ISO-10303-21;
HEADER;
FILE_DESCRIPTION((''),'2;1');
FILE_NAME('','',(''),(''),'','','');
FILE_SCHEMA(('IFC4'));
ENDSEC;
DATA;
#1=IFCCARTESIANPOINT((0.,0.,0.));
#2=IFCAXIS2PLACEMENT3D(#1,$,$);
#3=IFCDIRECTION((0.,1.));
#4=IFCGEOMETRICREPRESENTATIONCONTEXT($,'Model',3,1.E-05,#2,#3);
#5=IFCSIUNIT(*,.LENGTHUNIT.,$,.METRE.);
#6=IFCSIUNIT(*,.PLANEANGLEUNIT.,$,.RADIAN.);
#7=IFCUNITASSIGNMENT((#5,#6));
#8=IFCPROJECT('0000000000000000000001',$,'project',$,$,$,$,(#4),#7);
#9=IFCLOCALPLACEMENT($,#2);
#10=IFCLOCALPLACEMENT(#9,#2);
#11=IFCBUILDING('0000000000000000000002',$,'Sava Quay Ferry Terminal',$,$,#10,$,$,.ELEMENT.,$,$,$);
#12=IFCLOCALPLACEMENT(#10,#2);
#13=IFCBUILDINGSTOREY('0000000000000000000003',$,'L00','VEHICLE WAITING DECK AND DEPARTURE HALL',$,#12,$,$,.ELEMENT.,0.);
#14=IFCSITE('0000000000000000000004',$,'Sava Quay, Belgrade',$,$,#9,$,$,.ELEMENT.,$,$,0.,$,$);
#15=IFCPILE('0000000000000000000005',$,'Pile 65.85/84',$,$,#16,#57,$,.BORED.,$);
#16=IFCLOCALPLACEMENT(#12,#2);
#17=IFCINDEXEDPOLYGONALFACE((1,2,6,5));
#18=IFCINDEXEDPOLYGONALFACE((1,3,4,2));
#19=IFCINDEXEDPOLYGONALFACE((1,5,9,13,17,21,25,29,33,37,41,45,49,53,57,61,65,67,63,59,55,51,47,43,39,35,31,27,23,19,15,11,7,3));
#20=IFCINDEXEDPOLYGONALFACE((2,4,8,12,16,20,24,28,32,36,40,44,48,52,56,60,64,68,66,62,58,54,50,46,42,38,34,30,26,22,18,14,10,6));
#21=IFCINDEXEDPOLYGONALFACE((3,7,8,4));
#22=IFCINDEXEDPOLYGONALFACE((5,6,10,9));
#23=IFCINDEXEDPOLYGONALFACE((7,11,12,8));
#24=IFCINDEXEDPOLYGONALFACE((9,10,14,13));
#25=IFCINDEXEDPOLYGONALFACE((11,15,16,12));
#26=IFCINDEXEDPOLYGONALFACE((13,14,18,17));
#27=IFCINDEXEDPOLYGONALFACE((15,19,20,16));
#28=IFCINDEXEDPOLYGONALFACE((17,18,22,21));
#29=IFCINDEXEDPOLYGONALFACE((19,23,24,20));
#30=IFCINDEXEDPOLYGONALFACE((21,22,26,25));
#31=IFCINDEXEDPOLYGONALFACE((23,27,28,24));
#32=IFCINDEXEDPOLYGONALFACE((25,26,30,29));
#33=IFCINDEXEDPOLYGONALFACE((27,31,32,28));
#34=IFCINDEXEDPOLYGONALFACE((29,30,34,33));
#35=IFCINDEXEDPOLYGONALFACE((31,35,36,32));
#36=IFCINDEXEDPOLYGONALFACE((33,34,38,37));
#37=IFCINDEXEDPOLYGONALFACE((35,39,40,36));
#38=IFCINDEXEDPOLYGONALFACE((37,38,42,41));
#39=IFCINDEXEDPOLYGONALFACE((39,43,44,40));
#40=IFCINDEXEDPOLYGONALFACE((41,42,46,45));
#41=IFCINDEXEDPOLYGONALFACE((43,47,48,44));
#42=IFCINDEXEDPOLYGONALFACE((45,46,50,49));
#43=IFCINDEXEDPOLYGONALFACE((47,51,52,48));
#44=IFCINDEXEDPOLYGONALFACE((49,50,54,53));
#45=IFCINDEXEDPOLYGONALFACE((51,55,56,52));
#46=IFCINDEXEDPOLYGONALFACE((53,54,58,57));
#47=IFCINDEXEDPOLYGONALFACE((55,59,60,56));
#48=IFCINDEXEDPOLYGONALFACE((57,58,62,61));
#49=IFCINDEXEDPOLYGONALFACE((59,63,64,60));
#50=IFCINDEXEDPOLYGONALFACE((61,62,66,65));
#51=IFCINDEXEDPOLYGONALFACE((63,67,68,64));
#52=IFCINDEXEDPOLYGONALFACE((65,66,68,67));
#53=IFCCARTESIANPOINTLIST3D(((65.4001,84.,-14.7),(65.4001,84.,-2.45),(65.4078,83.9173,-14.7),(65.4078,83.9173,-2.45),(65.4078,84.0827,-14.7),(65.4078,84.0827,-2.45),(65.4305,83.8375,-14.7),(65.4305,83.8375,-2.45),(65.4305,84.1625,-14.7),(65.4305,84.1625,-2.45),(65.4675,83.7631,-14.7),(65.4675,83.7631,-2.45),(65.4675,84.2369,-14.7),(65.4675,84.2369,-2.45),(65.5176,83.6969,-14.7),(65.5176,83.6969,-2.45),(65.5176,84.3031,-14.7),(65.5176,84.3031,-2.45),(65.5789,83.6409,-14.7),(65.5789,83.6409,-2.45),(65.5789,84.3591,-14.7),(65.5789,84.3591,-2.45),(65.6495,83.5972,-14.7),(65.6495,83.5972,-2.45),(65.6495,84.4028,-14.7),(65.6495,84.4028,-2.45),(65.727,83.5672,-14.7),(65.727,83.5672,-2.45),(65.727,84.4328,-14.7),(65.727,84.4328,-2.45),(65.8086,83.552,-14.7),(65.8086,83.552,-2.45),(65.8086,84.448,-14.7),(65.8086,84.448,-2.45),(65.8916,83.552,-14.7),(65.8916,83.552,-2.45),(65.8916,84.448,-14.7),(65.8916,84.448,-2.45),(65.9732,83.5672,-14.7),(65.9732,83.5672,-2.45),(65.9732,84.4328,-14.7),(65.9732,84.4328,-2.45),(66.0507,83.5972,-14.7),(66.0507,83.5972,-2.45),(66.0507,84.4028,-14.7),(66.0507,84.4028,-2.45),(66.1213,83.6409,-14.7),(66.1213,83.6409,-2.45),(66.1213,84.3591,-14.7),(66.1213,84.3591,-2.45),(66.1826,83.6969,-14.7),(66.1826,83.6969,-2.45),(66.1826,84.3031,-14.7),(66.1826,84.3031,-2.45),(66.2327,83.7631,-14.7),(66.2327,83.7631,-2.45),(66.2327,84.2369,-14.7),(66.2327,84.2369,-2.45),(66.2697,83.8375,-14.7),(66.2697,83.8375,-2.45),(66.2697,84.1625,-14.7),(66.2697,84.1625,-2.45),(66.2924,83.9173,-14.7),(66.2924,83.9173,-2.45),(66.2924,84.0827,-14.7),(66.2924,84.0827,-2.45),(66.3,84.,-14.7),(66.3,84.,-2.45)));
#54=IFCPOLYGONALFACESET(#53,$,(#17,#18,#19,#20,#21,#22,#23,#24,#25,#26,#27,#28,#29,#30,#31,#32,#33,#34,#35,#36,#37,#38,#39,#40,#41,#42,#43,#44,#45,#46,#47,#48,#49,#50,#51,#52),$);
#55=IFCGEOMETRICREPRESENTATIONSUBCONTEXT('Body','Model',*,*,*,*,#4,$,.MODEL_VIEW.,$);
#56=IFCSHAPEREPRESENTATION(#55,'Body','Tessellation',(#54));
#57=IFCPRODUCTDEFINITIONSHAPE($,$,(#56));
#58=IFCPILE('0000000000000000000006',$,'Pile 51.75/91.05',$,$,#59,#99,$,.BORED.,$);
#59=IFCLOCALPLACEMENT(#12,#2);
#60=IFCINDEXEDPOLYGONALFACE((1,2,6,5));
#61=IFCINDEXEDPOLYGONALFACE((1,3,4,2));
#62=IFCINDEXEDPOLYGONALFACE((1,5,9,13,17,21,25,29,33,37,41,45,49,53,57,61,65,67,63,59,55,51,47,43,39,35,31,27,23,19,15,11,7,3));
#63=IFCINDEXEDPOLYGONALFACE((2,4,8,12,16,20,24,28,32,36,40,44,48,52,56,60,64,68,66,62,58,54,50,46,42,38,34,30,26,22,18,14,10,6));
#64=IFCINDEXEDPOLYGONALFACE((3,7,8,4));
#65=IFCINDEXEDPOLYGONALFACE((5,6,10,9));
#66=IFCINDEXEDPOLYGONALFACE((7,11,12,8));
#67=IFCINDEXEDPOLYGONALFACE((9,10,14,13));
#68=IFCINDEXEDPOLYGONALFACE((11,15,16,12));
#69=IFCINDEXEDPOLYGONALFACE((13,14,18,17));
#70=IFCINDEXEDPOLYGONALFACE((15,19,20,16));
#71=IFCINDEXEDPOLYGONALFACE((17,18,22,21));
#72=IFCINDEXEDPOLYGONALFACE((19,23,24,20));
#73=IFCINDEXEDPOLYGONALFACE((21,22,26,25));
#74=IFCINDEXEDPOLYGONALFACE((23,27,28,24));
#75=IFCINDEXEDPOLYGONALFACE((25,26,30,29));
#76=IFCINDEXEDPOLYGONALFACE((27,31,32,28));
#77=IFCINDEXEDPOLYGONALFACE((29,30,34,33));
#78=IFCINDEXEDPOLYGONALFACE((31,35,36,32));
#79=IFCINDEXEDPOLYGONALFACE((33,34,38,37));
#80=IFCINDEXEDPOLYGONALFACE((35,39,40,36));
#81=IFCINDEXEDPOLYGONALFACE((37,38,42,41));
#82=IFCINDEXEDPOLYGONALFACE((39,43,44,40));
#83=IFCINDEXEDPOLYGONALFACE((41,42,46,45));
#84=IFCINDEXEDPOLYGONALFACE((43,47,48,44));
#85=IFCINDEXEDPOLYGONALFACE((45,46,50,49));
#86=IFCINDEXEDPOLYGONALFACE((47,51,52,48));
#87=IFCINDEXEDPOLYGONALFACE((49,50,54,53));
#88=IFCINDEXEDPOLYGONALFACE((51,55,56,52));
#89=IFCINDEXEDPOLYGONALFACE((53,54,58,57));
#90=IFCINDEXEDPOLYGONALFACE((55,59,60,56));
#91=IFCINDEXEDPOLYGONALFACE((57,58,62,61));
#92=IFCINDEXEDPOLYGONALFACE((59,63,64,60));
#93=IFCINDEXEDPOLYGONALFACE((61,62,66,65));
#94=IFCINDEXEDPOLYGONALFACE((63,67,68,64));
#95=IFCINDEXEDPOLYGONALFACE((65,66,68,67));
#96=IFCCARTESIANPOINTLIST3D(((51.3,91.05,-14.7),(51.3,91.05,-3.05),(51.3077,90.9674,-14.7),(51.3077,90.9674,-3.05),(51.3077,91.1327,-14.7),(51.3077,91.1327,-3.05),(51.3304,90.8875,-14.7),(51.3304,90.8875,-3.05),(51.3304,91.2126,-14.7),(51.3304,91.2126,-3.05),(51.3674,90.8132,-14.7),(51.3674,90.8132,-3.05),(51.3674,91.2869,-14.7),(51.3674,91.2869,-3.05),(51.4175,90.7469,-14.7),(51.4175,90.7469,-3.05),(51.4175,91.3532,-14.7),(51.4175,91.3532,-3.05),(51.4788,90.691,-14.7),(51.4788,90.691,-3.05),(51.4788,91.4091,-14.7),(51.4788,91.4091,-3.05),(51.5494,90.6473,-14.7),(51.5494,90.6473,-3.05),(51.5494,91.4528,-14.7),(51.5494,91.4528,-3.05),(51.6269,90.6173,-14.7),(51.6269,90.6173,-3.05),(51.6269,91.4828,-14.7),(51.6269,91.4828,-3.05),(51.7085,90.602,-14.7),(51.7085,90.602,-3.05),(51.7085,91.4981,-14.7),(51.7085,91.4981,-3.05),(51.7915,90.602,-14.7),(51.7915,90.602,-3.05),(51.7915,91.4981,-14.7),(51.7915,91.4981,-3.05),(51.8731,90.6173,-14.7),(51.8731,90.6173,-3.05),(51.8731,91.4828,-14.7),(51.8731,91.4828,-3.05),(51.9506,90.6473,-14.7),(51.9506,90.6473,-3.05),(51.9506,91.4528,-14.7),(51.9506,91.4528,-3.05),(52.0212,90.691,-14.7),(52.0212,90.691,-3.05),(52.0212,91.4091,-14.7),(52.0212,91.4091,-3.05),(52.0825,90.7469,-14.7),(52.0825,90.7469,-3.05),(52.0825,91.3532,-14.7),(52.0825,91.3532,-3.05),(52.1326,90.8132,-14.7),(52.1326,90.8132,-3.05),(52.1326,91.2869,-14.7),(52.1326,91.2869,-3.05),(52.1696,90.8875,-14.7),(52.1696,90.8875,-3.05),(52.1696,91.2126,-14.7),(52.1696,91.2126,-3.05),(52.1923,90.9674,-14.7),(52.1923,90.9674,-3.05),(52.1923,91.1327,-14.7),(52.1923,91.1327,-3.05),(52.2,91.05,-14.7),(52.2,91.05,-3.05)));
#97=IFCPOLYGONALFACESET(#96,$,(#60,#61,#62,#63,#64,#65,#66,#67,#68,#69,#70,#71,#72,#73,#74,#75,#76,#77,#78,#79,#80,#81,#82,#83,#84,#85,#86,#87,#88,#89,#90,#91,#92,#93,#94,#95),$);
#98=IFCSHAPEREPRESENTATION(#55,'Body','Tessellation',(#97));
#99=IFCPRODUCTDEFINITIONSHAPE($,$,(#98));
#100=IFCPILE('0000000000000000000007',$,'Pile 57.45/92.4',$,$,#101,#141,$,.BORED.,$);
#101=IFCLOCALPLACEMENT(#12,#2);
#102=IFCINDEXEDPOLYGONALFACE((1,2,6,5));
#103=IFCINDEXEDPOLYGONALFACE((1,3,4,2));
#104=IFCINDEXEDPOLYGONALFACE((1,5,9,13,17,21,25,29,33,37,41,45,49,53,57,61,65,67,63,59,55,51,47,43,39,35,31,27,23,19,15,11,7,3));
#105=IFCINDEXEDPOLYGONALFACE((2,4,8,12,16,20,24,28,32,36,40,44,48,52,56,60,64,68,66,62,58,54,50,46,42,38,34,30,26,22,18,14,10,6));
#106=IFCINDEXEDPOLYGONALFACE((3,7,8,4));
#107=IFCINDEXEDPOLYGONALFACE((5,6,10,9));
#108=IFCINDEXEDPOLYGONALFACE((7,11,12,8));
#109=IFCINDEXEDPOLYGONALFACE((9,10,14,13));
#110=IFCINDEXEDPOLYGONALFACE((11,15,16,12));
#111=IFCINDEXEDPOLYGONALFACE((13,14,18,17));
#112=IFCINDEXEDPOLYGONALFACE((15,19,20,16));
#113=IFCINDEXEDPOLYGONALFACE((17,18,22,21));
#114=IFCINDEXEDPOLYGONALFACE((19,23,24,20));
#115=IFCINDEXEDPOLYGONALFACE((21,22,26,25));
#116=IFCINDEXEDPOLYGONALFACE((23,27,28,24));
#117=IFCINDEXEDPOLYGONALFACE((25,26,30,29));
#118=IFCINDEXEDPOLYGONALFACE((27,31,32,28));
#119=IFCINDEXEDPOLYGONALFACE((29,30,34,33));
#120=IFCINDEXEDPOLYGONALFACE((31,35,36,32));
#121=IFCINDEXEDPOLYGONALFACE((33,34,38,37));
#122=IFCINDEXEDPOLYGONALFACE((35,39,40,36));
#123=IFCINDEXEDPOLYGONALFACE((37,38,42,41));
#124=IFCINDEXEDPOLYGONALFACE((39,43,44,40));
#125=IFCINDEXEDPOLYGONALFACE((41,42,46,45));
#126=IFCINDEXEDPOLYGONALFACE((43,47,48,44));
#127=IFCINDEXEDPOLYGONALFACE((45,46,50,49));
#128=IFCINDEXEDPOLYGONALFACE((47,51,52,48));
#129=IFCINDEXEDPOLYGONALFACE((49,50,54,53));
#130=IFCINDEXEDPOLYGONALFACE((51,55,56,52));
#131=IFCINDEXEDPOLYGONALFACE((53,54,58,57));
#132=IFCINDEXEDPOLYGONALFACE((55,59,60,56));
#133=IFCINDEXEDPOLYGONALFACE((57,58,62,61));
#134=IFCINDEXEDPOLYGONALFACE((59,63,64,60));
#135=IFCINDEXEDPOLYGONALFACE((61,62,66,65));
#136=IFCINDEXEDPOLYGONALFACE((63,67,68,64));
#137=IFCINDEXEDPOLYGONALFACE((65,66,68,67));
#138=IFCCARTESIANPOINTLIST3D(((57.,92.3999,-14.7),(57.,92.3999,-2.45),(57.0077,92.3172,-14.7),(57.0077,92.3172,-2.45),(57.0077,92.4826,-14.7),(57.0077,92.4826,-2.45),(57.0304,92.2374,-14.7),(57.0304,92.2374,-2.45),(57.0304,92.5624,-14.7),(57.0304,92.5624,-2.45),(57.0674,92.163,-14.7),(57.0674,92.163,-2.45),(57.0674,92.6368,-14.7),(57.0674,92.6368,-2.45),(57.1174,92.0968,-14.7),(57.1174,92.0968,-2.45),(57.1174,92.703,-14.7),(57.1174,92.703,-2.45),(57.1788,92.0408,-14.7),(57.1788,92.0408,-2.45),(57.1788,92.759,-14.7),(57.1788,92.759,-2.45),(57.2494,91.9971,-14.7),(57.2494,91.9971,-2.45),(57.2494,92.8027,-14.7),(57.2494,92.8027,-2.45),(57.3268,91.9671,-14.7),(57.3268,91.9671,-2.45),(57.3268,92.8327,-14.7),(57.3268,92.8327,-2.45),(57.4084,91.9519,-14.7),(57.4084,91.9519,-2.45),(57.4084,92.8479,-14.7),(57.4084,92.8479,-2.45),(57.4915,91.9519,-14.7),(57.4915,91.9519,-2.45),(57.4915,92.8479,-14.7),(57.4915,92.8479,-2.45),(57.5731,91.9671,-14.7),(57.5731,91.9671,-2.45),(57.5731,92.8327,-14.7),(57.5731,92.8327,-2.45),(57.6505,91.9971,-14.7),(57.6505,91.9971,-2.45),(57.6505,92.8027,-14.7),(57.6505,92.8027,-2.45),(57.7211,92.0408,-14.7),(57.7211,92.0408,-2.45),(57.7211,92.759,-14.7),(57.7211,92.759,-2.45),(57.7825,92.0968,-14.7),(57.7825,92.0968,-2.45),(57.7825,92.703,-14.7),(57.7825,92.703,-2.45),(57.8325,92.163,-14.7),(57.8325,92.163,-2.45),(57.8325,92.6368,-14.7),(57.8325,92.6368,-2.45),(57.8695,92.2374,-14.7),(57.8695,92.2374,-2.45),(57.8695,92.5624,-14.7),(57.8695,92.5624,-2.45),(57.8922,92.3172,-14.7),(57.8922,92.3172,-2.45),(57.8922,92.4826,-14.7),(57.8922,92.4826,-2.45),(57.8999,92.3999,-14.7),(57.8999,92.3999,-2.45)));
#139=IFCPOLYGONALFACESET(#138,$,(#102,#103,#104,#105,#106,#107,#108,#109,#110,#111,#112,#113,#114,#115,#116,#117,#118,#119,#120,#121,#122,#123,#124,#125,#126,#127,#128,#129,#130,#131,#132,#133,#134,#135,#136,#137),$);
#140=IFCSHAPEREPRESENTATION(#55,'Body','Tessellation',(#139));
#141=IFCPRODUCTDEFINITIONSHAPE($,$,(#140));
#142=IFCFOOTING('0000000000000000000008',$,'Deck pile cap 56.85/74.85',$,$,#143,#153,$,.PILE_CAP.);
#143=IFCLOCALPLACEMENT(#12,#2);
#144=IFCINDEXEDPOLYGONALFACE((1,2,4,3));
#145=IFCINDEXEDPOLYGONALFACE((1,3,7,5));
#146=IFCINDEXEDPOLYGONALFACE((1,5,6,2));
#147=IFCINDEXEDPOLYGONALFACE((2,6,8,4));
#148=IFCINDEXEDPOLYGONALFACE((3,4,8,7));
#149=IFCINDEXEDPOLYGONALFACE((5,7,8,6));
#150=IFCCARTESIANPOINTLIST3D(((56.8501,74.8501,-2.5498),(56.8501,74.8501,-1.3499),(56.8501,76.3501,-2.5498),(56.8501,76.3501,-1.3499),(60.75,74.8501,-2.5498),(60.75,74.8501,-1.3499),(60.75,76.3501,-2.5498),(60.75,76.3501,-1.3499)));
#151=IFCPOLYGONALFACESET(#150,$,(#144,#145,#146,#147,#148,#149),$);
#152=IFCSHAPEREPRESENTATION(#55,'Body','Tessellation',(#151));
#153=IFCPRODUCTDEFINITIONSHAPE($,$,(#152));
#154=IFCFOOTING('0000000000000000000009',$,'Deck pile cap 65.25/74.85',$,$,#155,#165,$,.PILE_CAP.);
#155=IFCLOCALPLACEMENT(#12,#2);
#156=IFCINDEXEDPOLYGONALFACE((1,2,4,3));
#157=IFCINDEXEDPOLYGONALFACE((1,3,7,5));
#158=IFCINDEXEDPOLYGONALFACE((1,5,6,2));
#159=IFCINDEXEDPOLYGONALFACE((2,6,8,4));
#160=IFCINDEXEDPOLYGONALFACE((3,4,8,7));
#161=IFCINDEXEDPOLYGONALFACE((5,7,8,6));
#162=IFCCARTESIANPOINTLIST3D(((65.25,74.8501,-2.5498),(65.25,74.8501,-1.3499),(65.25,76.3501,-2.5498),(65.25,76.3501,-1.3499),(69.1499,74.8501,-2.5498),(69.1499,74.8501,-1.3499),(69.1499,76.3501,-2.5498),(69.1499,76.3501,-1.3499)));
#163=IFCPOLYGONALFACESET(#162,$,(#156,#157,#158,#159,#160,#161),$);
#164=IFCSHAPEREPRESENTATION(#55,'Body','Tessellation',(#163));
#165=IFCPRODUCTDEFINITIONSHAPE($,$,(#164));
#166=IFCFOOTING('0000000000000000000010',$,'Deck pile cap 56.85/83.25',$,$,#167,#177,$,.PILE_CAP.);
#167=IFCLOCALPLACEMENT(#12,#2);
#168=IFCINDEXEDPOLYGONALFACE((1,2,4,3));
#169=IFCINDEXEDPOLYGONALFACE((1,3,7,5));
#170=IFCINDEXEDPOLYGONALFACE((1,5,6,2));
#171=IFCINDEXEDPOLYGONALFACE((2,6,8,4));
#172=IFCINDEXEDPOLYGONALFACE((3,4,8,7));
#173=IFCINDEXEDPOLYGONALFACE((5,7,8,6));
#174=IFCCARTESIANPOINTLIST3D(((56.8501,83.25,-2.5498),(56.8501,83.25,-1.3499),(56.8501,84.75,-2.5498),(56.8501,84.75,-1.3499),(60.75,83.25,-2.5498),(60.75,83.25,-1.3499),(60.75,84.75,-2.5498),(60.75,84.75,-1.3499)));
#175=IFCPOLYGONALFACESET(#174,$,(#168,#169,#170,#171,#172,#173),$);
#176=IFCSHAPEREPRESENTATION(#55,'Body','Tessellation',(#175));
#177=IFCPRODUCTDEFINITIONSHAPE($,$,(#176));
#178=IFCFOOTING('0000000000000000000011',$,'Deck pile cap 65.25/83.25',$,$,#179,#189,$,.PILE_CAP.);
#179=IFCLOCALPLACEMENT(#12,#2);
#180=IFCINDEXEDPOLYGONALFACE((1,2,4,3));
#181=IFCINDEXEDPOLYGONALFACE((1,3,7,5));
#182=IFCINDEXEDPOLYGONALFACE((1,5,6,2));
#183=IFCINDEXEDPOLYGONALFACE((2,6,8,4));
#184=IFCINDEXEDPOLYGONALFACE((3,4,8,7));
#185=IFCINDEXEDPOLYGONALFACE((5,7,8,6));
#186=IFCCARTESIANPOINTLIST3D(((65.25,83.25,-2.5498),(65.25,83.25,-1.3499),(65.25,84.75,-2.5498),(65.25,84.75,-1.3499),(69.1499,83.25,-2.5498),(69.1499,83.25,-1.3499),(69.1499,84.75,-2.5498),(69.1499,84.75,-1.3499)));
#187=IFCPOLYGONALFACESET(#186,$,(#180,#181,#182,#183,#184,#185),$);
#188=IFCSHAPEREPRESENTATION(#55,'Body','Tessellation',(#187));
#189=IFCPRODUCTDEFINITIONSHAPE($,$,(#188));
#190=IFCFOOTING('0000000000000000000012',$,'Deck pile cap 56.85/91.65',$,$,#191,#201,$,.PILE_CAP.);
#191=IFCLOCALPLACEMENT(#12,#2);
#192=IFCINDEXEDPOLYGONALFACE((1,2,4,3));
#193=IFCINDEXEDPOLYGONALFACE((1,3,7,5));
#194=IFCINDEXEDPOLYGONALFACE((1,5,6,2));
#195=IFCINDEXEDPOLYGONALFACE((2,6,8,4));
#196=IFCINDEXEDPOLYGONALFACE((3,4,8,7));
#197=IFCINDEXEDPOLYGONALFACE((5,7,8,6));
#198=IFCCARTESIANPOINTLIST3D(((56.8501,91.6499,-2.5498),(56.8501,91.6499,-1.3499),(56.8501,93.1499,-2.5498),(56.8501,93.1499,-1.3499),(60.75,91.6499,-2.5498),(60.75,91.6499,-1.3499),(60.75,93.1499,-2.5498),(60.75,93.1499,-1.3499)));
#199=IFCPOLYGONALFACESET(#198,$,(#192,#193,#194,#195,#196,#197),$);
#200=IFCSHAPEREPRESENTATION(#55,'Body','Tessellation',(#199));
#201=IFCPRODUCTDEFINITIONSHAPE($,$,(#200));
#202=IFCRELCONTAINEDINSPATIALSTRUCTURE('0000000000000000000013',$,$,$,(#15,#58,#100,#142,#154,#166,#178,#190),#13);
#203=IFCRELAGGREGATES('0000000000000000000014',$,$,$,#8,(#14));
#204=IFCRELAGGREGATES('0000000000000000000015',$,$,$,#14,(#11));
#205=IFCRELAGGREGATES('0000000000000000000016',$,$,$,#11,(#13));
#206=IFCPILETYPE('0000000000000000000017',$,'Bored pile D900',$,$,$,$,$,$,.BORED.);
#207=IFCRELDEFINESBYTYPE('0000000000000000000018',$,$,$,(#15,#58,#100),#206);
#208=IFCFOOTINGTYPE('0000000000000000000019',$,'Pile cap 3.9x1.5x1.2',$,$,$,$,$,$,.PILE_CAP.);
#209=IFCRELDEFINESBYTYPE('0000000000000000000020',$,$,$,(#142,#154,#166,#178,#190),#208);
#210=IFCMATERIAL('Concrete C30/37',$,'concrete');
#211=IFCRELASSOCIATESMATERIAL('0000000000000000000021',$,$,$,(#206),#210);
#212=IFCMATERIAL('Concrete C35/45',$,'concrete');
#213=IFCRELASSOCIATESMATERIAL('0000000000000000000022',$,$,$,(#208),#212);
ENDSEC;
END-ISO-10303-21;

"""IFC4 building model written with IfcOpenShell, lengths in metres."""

from ifc_helpers import new_model, si_unit, direction, frame, origin, origin_2d, place, context, subcontext, project, spatial, rectangle, circle, extrude, material, material_profile, profile_set, type_object, element, save


model = new_model("IFC4")

# Units and contexts
model_context = context("Model", 3, precision=1e-05, world=origin(), true_north=direction((0.0, 1.0)))
body_context = subcontext(model_context, "Body", "Model", "MODEL_VIEW")
ifc_project = project(units=[si_unit("LENGTHUNIT", "METRE"), si_unit("PLANEANGLEUNIT", "RADIAN")], contexts=[model_context])

# Site, building, storey
site_placement = place(None, origin())
site = spatial("IfcSite", under=ifc_project, at=site_placement, Name="Sava Quay, Belgrade", CompositionType="ELEMENT", RefElevation=0.0)
building_placement = place(site_placement, origin())
building = spatial("IfcBuilding", under=site, at=building_placement, Name="Sava Quay Ferry Terminal", CompositionType="ELEMENT")
storey_placement = place(building_placement, origin())
storey = spatial("IfcBuildingStorey", under=building, at=storey_placement, Name="L00", Description="VEHICLE WAITING DECK AND DEPARTURE HALL", CompositionType="ELEMENT", Elevation=0.0)

# Piles
ifc_material_1 = material(Name="Concrete C30/37", Category="concrete")
ifc_material_profile_1 = material_profile(ifc_material_1, circle(Radius=0.45, at=origin_2d()), Name="Bored pile D900")
ifc_profile_set_1 = profile_set([ifc_material_profile_1], Name="Concrete C30/37")
pile_type = type_object("IfcPileType", Name="Bored pile D900", PredefinedType="BORED", material=ifc_profile_set_1)
for number, where, z_axis, x_axis, name in (
    (1, (65.8501, 84.0, -2.45), (0.0, 0.0, -1.0), (1.0, 0.0, 0.0), "Pile 65.85/84"),
):
    element("IfcPile", number, at=place(storey_placement, frame(where, z_axis=z_axis, x_axis=x_axis)), inside=storey, type_object=pile_type, Name=name, PredefinedType="BORED", context=body_context, shape_type="SweptSolid", body=[
        extrude(circle(Radius=0.45, at=origin_2d()), origin(), (0.0, 0.0, 1.0), 12.25),
    ])
pile_1_placement = place(storey_placement, frame((51.75, 91.05, -3.05), z_axis=(0.0, 0.0, -1.0), x_axis=(1.0, 0.0, 0.0)))
element("IfcPile", 2, at=pile_1_placement, inside=storey, type_object=pile_type, Name="Pile 51.75/91.05", PredefinedType="BORED", context=body_context, shape_type="SweptSolid", body=[
    extrude(circle(Radius=0.45, at=origin_2d()), origin(), (0.0, 0.0, 1.0), 11.6499),
])
pile_2_placement = place(storey_placement, frame((57.45, 92.3999, -2.45), z_axis=(0.0, 0.0, -1.0), x_axis=(1.0, 0.0, 0.0)))
element("IfcPile", 3, at=pile_2_placement, inside=storey, type_object=pile_type, Name="Pile 57.45/92.4", PredefinedType="BORED", context=body_context, shape_type="SweptSolid", body=[
    extrude(circle(Radius=0.45, at=origin_2d()), origin(), (0.0, 0.0, 1.0), 12.25),
])

# Footings
ifc_material_2 = material(Name="Concrete C35/45", Category="concrete")
footing_type = type_object("IfcFootingType", Name="Pile cap 3.9x1.5x1.2", PredefinedType="PILE_CAP", material=ifc_material_2)
for number, where, z_axis, x_axis, name in (
    (4, (58.8, 75.6001, -2.5498), (0.0, 0.0, 1.0), (1.0, 0.0, 0.0), "Deck pile cap 56.85/74.85"),
    (5, (67.2, 75.6001, -2.5498), (0.0, 0.0, 1.0), (1.0, 0.0, 0.0), "Deck pile cap 65.25/74.85"),
    (6, (58.8, 84.0, -2.5498), (0.0, 0.0, 1.0), (1.0, 0.0, 0.0), "Deck pile cap 56.85/83.25"),
    (7, (67.2, 84.0, -2.5498), (0.0, 0.0, 1.0), (1.0, 0.0, 0.0), "Deck pile cap 65.25/83.25"),
    (8, (58.8, 92.3999, -2.5498), (0.0, 0.0, 1.0), (1.0, 0.0, 0.0), "Deck pile cap 56.85/91.65"),
):
    element("IfcFooting", number, at=place(storey_placement, frame(where, z_axis=z_axis, x_axis=x_axis)), inside=storey, type_object=footing_type, Name=name, PredefinedType="PILE_CAP", context=body_context, shape_type="SweptSolid", body=[
        extrude(rectangle(XDim=3.8999, YDim=1.5, at=origin_2d()), origin(), (0.0, 0.0, 1.0), 1.2),
    ])

save(model, "model.ifc")
